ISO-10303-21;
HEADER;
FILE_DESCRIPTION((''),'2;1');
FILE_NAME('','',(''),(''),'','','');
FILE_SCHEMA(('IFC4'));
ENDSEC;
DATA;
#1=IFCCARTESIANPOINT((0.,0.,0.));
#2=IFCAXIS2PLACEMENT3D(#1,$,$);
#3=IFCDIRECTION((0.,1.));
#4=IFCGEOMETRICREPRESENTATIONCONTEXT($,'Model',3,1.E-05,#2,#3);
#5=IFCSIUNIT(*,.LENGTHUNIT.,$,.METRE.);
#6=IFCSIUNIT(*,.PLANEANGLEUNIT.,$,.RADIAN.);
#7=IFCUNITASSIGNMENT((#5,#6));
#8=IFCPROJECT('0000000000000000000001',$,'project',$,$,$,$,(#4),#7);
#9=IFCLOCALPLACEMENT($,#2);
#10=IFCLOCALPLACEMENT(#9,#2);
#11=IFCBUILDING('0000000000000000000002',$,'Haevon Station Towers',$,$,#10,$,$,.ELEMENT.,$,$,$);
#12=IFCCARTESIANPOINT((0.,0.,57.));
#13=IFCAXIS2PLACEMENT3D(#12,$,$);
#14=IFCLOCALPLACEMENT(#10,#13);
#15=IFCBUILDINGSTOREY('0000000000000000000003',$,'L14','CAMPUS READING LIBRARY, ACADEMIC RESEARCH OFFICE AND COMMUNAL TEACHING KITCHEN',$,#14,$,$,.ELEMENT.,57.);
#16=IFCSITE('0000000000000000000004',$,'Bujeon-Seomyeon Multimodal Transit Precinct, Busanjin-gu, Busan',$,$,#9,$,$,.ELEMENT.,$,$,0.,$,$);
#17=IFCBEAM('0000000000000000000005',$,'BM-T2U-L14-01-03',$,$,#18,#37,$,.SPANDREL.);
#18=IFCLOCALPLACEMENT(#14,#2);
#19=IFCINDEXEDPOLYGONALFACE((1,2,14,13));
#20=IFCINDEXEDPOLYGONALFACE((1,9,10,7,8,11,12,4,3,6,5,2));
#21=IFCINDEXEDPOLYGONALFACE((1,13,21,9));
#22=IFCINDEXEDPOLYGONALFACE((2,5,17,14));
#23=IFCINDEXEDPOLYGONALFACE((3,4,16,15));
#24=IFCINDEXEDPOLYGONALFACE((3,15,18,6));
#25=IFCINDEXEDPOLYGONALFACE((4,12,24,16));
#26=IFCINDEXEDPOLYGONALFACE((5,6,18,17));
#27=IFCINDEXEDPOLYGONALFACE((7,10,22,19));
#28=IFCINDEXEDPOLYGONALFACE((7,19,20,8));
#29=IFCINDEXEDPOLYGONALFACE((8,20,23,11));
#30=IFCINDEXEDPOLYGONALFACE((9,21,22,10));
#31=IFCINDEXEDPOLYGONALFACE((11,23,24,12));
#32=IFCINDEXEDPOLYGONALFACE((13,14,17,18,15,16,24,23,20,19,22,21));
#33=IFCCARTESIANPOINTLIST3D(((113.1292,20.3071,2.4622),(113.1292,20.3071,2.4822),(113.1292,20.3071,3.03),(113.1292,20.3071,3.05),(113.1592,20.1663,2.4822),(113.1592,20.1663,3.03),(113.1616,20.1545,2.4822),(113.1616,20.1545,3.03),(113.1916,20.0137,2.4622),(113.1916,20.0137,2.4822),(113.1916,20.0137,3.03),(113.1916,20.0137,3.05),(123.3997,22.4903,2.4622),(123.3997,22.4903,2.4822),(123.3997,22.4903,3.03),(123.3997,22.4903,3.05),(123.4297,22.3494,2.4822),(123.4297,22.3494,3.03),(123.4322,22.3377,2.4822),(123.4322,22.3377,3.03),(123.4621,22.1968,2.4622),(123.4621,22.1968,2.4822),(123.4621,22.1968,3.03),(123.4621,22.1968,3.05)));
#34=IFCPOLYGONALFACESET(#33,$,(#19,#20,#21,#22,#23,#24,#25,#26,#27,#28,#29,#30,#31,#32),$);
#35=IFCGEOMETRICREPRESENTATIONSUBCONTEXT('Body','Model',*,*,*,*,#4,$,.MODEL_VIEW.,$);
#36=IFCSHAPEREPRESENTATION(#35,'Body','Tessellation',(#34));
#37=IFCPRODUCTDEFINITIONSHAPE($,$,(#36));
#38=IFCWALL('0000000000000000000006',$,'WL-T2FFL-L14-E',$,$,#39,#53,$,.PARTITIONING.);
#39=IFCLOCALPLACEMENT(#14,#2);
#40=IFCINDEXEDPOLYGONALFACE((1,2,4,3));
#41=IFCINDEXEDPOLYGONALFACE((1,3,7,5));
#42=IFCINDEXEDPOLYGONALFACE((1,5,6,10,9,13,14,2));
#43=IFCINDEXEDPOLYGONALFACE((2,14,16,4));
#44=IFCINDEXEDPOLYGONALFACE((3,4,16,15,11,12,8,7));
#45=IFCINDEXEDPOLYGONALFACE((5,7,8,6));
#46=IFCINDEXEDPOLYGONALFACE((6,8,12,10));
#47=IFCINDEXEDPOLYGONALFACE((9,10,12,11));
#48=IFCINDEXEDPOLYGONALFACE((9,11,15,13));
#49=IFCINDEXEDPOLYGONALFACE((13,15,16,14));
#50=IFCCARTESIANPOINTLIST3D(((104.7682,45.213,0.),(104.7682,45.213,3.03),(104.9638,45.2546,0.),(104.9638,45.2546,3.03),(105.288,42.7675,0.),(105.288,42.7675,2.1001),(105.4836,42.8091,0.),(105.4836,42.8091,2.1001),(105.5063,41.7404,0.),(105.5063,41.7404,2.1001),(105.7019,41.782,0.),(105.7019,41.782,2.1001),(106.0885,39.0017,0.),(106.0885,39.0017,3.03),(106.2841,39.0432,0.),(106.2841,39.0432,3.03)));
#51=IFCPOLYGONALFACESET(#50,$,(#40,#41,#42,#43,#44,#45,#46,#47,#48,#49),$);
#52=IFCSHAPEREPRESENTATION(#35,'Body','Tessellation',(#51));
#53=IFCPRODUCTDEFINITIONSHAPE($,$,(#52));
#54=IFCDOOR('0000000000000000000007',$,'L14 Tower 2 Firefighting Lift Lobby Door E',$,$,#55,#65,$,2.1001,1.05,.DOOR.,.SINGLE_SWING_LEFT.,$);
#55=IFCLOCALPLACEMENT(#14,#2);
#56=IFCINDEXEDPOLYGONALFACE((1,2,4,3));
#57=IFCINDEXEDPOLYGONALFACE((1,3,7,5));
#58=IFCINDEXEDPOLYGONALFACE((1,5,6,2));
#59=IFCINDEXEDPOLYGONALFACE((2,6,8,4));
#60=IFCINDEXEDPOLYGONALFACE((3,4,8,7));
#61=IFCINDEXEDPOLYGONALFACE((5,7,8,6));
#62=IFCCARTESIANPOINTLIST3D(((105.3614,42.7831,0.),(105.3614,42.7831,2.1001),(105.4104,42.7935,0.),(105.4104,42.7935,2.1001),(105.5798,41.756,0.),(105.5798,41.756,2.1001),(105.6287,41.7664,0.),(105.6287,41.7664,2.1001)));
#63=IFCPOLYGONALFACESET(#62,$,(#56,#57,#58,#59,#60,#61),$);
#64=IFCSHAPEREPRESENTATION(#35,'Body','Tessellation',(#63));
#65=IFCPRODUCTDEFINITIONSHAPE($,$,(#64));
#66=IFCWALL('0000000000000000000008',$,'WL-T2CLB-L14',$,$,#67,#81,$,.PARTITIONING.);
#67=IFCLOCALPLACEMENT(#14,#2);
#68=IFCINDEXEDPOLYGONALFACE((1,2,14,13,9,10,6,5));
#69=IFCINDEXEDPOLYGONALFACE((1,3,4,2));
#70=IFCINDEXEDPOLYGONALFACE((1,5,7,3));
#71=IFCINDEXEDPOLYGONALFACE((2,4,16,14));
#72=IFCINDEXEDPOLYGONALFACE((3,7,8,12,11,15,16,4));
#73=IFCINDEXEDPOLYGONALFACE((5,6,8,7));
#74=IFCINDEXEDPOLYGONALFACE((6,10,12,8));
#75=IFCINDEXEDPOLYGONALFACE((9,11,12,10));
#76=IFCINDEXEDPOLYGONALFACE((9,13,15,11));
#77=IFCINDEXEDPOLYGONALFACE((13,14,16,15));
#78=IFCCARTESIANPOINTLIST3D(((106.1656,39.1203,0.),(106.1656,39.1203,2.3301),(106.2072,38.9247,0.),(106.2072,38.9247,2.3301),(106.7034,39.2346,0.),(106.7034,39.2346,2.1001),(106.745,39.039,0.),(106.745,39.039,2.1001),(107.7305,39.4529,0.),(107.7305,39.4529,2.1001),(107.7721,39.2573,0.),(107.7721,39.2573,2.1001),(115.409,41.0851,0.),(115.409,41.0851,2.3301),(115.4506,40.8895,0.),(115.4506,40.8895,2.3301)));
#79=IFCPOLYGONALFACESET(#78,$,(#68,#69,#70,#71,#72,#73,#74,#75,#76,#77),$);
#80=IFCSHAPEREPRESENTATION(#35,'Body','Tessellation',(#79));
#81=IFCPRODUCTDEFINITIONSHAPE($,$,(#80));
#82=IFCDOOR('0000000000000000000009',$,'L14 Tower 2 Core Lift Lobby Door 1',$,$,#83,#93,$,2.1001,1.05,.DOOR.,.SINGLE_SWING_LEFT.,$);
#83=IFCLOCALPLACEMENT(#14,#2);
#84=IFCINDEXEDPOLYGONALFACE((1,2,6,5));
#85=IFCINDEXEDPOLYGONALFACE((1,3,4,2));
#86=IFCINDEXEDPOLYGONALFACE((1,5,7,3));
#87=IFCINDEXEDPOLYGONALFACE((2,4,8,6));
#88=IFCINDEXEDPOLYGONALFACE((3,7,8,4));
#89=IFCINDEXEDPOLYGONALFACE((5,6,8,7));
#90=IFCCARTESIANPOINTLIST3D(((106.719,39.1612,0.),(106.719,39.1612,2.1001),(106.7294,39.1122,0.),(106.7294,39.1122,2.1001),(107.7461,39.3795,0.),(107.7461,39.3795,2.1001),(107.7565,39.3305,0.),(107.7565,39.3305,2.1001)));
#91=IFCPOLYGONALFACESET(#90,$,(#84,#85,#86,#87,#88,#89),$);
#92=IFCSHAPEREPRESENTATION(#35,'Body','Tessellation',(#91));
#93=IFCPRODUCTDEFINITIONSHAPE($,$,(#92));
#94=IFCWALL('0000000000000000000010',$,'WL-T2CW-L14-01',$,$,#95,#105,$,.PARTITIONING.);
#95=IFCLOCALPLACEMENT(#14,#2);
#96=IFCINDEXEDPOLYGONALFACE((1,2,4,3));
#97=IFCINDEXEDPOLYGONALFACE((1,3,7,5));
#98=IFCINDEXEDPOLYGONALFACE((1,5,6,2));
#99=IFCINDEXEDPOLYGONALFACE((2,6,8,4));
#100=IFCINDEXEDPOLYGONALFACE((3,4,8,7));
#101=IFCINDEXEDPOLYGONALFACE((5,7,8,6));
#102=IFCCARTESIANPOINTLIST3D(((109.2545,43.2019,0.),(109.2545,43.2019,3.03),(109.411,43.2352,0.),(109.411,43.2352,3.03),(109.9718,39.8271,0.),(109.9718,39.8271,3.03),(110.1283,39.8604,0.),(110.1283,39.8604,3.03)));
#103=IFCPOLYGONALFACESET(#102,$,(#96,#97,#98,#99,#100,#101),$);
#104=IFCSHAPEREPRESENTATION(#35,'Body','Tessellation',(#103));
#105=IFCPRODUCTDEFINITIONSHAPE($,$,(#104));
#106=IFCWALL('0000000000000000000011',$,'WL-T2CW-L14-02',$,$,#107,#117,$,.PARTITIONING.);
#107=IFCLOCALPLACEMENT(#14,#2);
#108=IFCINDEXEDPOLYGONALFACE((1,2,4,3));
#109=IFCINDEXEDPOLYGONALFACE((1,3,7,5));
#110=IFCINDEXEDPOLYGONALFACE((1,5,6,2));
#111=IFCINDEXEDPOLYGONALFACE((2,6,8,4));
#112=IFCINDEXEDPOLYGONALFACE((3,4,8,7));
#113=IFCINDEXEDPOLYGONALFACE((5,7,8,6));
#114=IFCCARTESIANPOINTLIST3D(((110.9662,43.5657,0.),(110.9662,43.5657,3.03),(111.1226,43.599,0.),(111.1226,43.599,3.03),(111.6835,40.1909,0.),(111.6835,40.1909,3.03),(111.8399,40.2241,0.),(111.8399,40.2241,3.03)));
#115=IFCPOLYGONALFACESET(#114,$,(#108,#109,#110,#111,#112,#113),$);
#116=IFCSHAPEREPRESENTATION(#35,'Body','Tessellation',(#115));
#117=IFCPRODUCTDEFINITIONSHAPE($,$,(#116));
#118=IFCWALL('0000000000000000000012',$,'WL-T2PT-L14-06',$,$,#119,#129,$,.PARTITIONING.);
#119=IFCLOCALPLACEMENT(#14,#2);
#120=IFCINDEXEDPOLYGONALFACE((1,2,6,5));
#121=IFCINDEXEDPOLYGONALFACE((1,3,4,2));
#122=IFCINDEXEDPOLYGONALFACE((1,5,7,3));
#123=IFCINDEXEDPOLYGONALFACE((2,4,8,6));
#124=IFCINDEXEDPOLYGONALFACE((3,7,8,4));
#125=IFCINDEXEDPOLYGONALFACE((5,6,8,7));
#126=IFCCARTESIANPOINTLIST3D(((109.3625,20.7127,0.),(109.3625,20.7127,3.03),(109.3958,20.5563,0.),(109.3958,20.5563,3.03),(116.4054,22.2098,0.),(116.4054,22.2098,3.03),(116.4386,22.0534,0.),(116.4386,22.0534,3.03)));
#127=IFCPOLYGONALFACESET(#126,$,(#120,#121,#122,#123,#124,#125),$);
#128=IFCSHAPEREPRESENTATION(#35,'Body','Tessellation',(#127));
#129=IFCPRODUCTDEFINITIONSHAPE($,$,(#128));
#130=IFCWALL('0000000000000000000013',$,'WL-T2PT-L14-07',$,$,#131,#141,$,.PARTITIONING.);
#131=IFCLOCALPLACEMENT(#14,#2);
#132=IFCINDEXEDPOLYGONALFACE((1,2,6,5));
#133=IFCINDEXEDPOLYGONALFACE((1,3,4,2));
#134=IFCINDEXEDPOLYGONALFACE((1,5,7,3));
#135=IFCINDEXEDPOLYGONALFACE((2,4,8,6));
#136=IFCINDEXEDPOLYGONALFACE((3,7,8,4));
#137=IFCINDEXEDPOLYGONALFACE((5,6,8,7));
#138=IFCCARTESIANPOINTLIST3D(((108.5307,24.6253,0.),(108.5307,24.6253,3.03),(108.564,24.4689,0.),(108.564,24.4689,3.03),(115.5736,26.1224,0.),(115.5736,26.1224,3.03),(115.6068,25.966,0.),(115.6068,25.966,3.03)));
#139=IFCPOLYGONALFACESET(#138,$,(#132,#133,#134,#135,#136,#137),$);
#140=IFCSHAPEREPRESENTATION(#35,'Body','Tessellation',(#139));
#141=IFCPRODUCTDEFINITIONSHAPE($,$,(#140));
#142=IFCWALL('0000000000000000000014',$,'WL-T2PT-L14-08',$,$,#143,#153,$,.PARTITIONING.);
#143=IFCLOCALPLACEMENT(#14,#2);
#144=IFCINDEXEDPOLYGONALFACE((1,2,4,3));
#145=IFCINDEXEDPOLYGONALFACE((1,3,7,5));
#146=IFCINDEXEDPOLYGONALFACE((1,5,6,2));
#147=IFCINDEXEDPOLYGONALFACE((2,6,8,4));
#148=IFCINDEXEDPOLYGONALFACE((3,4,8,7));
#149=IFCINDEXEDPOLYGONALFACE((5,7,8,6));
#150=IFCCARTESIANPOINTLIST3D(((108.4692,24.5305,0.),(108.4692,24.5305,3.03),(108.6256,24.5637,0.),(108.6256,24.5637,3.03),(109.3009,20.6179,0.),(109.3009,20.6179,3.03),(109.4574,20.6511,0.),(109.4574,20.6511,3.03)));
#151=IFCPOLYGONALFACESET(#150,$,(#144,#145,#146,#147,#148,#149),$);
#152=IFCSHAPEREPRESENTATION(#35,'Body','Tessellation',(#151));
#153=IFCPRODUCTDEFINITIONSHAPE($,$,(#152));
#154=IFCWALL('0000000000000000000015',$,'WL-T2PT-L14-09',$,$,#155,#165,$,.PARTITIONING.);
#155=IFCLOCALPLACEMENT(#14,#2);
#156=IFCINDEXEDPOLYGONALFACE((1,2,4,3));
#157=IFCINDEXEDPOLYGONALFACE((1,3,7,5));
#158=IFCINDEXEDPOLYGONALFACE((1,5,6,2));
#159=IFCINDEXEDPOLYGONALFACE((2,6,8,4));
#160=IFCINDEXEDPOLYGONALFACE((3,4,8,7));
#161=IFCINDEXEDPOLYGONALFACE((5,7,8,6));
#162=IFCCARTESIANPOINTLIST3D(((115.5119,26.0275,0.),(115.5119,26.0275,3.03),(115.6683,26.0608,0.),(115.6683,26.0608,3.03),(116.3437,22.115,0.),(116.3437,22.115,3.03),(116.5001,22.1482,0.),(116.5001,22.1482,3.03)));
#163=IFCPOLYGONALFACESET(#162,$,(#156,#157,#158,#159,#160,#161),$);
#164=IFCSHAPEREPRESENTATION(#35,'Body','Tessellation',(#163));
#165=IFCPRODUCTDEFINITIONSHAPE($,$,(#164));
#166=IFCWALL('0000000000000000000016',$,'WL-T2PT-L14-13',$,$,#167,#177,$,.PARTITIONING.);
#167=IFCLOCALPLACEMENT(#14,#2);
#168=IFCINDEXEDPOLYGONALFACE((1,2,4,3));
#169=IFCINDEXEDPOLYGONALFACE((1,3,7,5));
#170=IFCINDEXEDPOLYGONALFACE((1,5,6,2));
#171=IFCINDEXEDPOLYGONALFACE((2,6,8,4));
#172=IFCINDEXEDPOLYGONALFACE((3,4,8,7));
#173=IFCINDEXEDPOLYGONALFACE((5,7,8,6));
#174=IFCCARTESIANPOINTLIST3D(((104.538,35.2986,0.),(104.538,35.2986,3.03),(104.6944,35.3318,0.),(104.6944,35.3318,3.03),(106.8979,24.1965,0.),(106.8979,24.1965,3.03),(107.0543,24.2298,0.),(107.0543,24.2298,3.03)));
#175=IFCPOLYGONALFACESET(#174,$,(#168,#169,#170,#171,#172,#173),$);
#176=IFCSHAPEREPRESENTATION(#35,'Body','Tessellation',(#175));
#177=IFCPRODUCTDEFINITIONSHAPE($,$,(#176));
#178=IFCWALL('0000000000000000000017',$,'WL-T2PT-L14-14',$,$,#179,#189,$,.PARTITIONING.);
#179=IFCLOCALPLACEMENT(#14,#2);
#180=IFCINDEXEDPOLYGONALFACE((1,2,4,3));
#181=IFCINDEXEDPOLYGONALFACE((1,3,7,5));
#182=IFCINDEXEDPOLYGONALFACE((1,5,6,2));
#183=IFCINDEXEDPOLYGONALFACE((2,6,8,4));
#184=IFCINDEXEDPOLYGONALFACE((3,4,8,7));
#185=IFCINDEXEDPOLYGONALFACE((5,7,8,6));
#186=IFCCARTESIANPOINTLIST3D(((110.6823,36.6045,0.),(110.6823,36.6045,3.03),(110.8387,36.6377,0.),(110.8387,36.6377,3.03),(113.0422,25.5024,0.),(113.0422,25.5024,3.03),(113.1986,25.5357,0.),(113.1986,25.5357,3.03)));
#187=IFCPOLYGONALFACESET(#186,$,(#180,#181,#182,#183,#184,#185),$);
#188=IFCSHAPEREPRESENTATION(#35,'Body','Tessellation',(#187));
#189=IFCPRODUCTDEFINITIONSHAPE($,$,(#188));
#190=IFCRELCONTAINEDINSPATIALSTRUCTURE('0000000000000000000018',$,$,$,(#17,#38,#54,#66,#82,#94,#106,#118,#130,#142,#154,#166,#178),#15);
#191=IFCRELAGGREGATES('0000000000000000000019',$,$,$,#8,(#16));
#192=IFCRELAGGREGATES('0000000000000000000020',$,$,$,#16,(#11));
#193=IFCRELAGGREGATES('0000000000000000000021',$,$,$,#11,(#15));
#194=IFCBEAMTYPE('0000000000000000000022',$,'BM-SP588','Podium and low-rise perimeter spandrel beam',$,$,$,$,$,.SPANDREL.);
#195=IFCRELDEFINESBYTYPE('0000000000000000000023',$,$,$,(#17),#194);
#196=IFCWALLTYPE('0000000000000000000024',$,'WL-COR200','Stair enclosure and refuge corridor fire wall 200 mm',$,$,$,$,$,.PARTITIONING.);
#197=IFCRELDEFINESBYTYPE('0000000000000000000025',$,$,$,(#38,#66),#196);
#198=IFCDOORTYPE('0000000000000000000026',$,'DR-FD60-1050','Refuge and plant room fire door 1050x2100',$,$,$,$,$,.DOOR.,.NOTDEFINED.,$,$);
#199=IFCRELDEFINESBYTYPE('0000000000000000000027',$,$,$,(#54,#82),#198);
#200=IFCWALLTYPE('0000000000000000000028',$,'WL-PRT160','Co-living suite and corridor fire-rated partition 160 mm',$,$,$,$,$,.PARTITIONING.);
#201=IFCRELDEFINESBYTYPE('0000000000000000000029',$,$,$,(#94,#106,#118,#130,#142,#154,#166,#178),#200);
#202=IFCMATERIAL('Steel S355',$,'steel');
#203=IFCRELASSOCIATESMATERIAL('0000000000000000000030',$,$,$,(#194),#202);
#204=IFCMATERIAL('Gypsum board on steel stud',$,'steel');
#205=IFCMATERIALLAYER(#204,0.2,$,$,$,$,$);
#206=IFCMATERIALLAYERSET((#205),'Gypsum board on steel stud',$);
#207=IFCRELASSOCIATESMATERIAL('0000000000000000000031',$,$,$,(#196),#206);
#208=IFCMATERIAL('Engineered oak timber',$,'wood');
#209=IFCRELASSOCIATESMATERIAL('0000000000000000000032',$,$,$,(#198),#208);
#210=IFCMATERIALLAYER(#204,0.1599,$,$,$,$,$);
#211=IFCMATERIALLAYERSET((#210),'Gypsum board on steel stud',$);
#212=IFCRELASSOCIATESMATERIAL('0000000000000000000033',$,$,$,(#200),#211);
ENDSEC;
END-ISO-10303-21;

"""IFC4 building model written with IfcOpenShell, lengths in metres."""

from ifc_helpers import new_model, si_unit, direction, frame, frame_2d, origin, origin_2d, place, context, subcontext, project, spatial, rectangle, i_section, extrude, material, layer, layer_set, material_profile, profile_set, type_object, element, fill, save


model = new_model("IFC4")

# Units and contexts
model_context = context("Model", 3, precision=1e-05, world=origin(), true_north=direction((0.0, 1.0)))
body_context = subcontext(model_context, "Body", "Model", "MODEL_VIEW")
ifc_project = project(units=[si_unit("LENGTHUNIT", "METRE"), si_unit("PLANEANGLEUNIT", "RADIAN")], contexts=[model_context])

# Site, building, storey
site_placement = place(None, origin())
site = spatial("IfcSite", under=ifc_project, at=site_placement, Name="Bujeon-Seomyeon Multimodal Transit Precinct, Busanjin-gu, Busan", CompositionType="ELEMENT", RefElevation=0.0)
building_placement = place(site_placement, origin())
building = spatial("IfcBuilding", under=site, at=building_placement, Name="Haevon Station Towers", CompositionType="ELEMENT")
storey_placement = place(building_placement, frame((0.0, 0.0, 57.0)))
storey = spatial("IfcBuildingStorey", under=building, at=storey_placement, Name="L14", Description="CAMPUS READING LIBRARY, ACADEMIC RESEARCH OFFICE AND COMMUNAL TEACHING KITCHEN", CompositionType="ELEMENT", Elevation=57.0)

# Beam
ifc_material_1 = material(Name="Steel S355", Category="steel")
ifc_material_profile_1 = material_profile(ifc_material_1, i_section(OverallWidth=0.3, OverallDepth=0.5879, WebThickness=0.012, FlangeThickness=0.02, at=origin_2d()), Name="H-588x300x12x20")
ifc_profile_set_1 = profile_set([ifc_material_profile_1], Name="Steel S355")
beam_type_1 = type_object("IfcBeamType", Name="BM-SP588", Description="Podium and low-rise perimeter spandrel beam", PredefinedType="SPANDREL", material=ifc_profile_set_1)
beam_1_placement = place(storey_placement, frame((113.1604, 20.1604, 2.7561), z_axis=(0.978147, 0.207915, 0.0), x_axis=(-0.207915, 0.978147, 0.0)))
element("IfcBeam", 1, at=beam_1_placement, inside=storey, type_object=beam_type_1, Name="BM-T2U-L14-01-03", PredefinedType="SPANDREL", context=body_context, shape_type="SweptSolid", body=[
    extrude(i_section(OverallWidth=0.3, OverallDepth=0.5879, WebThickness=0.012, FlangeThickness=0.02, at=origin_2d()), origin(), (0.0, 0.0, 1.0), 10.5),
])

# Walls, openings, doors
ifc_material_2 = material(Name="Gypsum board on steel stud", Category="steel")
ifc_layer_1 = layer(ifc_material_2, 0.2)
ifc_layer_set_1 = layer_set([ifc_layer_1], Name="Gypsum board on steel stud")
wall_type_1 = type_object("IfcWallType", Name="WL-COR200", Description="Stair enclosure and refuge corridor fire wall 200 mm", PredefinedType="PARTITIONING", material=ifc_layer_set_1)
wall_1_placement = place(storey_placement, frame((106.1863, 39.0225, 0.0), z_axis=(0.0, 0.0, 1.0), x_axis=(-0.207917, 0.978147, 0.0)))
wall_1 = element("IfcWall", 2, at=wall_1_placement, inside=storey, type_object=wall_type_1, Name="WL-T2FFL-L14-E", PredefinedType="PARTITIONING", context=body_context, shape_type="SweptSolid", body=[
    extrude(rectangle(XDim=6.3501, YDim=0.2, at=frame_2d((3.175, 0.0))), origin(), (0.0, 0.0, 1.0), 3.03),
])
opening_1_placement = place(wall_1_placement, frame((2.8, 0.0, 0.0)))
opening_1 = element("IfcOpeningElement", 3, at=opening_1_placement, cuts=wall_1, PredefinedType="OPENING", context=body_context, shape_type="SweptSolid", body=[
    extrude(rectangle(XDim=1.05, YDim=2.1001, at=frame_2d((0.5249, 1.05))), frame((0.0, 0.1099, 0.0), z_axis=(0.0, -1.0, 0.0), x_axis=(1.0, 0.0, 0.0)), (0.0, 0.0, 1.0), 0.22),
])
ifc_material_3 = material(Name="Engineered oak timber", Category="wood")
door_type = type_object("IfcDoorType", Name="DR-FD60-1050", Description="Refuge and plant room fire door 1050x2100", OperationType="NOTDEFINED", PredefinedType="DOOR", material=ifc_material_3)
door_1_placement = place(opening_1_placement, origin())
door_1 = element("IfcDoor", 4, at=door_1_placement, inside=storey, type_object=door_type, Name="L14 Tower 2 Firefighting Lift Lobby Door E", OperationType="SINGLE_SWING_LEFT", OverallHeight=2.1001, OverallWidth=1.05, PredefinedType="DOOR", context=body_context, shape_type="SweptSolid", body=[
    extrude(rectangle(XDim=1.05, YDim=2.1001, at=frame_2d((0.5249, 1.05))), frame((0.0, 0.0249, 0.0), z_axis=(0.0, -1.0, 0.0), x_axis=(1.0, 0.0, 0.0)), (0.0, 0.0, 1.0), 0.05),
])
fill(opening_1, door_1)
wall_2_placement = place(storey_placement, frame((106.1863, 39.0225, 0.0), z_axis=(0.0, 0.0, 1.0), x_axis=(0.978146, 0.207921, 0.0)))
wall_2 = element("IfcWall", 5, at=wall_2_placement, inside=storey, type_object=wall_type_1, Name="WL-T2CLB-L14", PredefinedType="PARTITIONING", context=body_context, shape_type="SweptSolid", body=[
    extrude(rectangle(XDim=9.45, YDim=0.2, at=frame_2d((4.7251, 0.0))), origin(), (0.0, 0.0, 1.0), 2.3301),
])
opening_2_placement = place(wall_2_placement, frame((0.55, 0.0, 0.0)))
opening_2 = element("IfcOpeningElement", 6, at=opening_2_placement, cuts=wall_2, PredefinedType="OPENING", context=body_context, shape_type="SweptSolid", body=[
    extrude(rectangle(XDim=1.05, YDim=2.1001, at=frame_2d((0.5249, 1.05))), frame((0.0, 0.1099, 0.0), z_axis=(0.0, -1.0, 0.0), x_axis=(1.0, 0.0, 0.0)), (0.0, 0.0, 1.0), 0.22),
])
door_2_placement = place(opening_2_placement, origin())
door_2 = element("IfcDoor", 7, at=door_2_placement, inside=storey, type_object=door_type, Name="L14 Tower 2 Core Lift Lobby Door 1", OperationType="SINGLE_SWING_LEFT", OverallHeight=2.1001, OverallWidth=1.05, PredefinedType="DOOR", context=body_context, shape_type="SweptSolid", body=[
    extrude(rectangle(XDim=1.05, YDim=2.1001, at=frame_2d((0.5249, 1.05))), frame((0.0, 0.0249, 0.0), z_axis=(0.0, -1.0, 0.0), x_axis=(1.0, 0.0, 0.0)), (0.0, 0.0, 1.0), 0.05),
])
fill(opening_2, door_2)

# Walls
ifc_layer_2 = layer(ifc_material_2, 0.1599)
ifc_layer_set_2 = layer_set([ifc_layer_2], Name="Gypsum board on steel stud")
wall_type_2 = type_object("IfcWallType", Name="WL-PRT160", Description="Co-living suite and corridor fire-rated partition 160 mm", PredefinedType="PARTITIONING", material=ifc_layer_set_2)
for number, where, z_axis, x_axis, name in (
    (8, (110.05, 39.8438, 0.0), (0.0, 0.0, 1.0), (-0.2079, 0.97815, 0.0), "WL-T2CW-L14-01"),
    (9, (111.7617, 40.2075, 0.0), (0.0, 0.0, 1.0), (-0.2079, 0.97815, 0.0), "WL-T2CW-L14-02"),
):
    element("IfcWall", number, at=place(storey_placement, frame(where, z_axis=z_axis, x_axis=x_axis)), inside=storey, type_object=wall_type_2, Name=name, PredefinedType="PARTITIONING", context=body_context, shape_type="SweptSolid", body=[
        extrude(rectangle(XDim=3.4502, YDim=0.1599, at=frame_2d((1.7251, 0.0))), origin(), (0.0, 0.0, 1.0), 3.03),
    ])
for number, where, z_axis, x_axis, name in (
    (10, (109.3792, 20.6345, 0.0), (0.0, 0.0, 1.0), (0.978145, 0.207924, 0.0), "WL-T2PT-L14-06"),
    (11, (108.5474, 24.5471, 0.0), (0.0, 0.0, 1.0), (0.978145, 0.207924, 0.0), "WL-T2PT-L14-07"),
):
    element("IfcWall", number, at=place(storey_placement, frame(where, z_axis=z_axis, x_axis=x_axis)), inside=storey, type_object=wall_type_2, Name=name, PredefinedType="PARTITIONING", context=body_context, shape_type="SweptSolid", body=[
        extrude(rectangle(XDim=7.2002, YDim=0.1599, at=frame_2d((3.6001, 0.0))), origin(), (0.0, 0.0, 1.0), 3.03),
    ])
for number, where, z_axis, x_axis, name in (
    (12, (109.3792, 20.6345, 0.0), (0.0, 0.0, 1.0), (-0.207945, 0.978141, 0.0), "WL-T2PT-L14-08"),
    (13, (116.4219, 22.1316, 0.0), (0.0, 0.0, 1.0), (-0.207945, 0.978141, 0.0), "WL-T2PT-L14-09"),
):
    element("IfcWall", number, at=place(storey_placement, frame(where, z_axis=z_axis, x_axis=x_axis)), inside=storey, type_object=wall_type_2, Name=name, PredefinedType="PARTITIONING", context=body_context, shape_type="SweptSolid", body=[
        extrude(rectangle(XDim=4.0, YDim=0.1599, at=frame_2d((2.0, 0.0))), origin(), (0.0, 0.0, 1.0), 3.03),
    ])
for number, where, z_axis, x_axis, name in (
    (14, (106.9761, 24.2131, 0.0), (0.0, 0.0, 1.0), (-0.207916, 0.978147, 0.0), "WL-T2PT-L14-13"),
    (15, (113.1204, 25.519, 0.0), (0.0, 0.0, 1.0), (-0.207916, 0.978147, 0.0), "WL-T2PT-L14-14"),
):
    element("IfcWall", number, at=place(storey_placement, frame(where, z_axis=z_axis, x_axis=x_axis)), inside=storey, type_object=wall_type_2, Name=name, PredefinedType="PARTITIONING", context=body_context, shape_type="SweptSolid", body=[
        extrude(rectangle(XDim=11.3501, YDim=0.1599, at=frame_2d((5.675, 0.0))), origin(), (0.0, 0.0, 1.0), 3.03),
    ])

save(model, "model.ifc")
